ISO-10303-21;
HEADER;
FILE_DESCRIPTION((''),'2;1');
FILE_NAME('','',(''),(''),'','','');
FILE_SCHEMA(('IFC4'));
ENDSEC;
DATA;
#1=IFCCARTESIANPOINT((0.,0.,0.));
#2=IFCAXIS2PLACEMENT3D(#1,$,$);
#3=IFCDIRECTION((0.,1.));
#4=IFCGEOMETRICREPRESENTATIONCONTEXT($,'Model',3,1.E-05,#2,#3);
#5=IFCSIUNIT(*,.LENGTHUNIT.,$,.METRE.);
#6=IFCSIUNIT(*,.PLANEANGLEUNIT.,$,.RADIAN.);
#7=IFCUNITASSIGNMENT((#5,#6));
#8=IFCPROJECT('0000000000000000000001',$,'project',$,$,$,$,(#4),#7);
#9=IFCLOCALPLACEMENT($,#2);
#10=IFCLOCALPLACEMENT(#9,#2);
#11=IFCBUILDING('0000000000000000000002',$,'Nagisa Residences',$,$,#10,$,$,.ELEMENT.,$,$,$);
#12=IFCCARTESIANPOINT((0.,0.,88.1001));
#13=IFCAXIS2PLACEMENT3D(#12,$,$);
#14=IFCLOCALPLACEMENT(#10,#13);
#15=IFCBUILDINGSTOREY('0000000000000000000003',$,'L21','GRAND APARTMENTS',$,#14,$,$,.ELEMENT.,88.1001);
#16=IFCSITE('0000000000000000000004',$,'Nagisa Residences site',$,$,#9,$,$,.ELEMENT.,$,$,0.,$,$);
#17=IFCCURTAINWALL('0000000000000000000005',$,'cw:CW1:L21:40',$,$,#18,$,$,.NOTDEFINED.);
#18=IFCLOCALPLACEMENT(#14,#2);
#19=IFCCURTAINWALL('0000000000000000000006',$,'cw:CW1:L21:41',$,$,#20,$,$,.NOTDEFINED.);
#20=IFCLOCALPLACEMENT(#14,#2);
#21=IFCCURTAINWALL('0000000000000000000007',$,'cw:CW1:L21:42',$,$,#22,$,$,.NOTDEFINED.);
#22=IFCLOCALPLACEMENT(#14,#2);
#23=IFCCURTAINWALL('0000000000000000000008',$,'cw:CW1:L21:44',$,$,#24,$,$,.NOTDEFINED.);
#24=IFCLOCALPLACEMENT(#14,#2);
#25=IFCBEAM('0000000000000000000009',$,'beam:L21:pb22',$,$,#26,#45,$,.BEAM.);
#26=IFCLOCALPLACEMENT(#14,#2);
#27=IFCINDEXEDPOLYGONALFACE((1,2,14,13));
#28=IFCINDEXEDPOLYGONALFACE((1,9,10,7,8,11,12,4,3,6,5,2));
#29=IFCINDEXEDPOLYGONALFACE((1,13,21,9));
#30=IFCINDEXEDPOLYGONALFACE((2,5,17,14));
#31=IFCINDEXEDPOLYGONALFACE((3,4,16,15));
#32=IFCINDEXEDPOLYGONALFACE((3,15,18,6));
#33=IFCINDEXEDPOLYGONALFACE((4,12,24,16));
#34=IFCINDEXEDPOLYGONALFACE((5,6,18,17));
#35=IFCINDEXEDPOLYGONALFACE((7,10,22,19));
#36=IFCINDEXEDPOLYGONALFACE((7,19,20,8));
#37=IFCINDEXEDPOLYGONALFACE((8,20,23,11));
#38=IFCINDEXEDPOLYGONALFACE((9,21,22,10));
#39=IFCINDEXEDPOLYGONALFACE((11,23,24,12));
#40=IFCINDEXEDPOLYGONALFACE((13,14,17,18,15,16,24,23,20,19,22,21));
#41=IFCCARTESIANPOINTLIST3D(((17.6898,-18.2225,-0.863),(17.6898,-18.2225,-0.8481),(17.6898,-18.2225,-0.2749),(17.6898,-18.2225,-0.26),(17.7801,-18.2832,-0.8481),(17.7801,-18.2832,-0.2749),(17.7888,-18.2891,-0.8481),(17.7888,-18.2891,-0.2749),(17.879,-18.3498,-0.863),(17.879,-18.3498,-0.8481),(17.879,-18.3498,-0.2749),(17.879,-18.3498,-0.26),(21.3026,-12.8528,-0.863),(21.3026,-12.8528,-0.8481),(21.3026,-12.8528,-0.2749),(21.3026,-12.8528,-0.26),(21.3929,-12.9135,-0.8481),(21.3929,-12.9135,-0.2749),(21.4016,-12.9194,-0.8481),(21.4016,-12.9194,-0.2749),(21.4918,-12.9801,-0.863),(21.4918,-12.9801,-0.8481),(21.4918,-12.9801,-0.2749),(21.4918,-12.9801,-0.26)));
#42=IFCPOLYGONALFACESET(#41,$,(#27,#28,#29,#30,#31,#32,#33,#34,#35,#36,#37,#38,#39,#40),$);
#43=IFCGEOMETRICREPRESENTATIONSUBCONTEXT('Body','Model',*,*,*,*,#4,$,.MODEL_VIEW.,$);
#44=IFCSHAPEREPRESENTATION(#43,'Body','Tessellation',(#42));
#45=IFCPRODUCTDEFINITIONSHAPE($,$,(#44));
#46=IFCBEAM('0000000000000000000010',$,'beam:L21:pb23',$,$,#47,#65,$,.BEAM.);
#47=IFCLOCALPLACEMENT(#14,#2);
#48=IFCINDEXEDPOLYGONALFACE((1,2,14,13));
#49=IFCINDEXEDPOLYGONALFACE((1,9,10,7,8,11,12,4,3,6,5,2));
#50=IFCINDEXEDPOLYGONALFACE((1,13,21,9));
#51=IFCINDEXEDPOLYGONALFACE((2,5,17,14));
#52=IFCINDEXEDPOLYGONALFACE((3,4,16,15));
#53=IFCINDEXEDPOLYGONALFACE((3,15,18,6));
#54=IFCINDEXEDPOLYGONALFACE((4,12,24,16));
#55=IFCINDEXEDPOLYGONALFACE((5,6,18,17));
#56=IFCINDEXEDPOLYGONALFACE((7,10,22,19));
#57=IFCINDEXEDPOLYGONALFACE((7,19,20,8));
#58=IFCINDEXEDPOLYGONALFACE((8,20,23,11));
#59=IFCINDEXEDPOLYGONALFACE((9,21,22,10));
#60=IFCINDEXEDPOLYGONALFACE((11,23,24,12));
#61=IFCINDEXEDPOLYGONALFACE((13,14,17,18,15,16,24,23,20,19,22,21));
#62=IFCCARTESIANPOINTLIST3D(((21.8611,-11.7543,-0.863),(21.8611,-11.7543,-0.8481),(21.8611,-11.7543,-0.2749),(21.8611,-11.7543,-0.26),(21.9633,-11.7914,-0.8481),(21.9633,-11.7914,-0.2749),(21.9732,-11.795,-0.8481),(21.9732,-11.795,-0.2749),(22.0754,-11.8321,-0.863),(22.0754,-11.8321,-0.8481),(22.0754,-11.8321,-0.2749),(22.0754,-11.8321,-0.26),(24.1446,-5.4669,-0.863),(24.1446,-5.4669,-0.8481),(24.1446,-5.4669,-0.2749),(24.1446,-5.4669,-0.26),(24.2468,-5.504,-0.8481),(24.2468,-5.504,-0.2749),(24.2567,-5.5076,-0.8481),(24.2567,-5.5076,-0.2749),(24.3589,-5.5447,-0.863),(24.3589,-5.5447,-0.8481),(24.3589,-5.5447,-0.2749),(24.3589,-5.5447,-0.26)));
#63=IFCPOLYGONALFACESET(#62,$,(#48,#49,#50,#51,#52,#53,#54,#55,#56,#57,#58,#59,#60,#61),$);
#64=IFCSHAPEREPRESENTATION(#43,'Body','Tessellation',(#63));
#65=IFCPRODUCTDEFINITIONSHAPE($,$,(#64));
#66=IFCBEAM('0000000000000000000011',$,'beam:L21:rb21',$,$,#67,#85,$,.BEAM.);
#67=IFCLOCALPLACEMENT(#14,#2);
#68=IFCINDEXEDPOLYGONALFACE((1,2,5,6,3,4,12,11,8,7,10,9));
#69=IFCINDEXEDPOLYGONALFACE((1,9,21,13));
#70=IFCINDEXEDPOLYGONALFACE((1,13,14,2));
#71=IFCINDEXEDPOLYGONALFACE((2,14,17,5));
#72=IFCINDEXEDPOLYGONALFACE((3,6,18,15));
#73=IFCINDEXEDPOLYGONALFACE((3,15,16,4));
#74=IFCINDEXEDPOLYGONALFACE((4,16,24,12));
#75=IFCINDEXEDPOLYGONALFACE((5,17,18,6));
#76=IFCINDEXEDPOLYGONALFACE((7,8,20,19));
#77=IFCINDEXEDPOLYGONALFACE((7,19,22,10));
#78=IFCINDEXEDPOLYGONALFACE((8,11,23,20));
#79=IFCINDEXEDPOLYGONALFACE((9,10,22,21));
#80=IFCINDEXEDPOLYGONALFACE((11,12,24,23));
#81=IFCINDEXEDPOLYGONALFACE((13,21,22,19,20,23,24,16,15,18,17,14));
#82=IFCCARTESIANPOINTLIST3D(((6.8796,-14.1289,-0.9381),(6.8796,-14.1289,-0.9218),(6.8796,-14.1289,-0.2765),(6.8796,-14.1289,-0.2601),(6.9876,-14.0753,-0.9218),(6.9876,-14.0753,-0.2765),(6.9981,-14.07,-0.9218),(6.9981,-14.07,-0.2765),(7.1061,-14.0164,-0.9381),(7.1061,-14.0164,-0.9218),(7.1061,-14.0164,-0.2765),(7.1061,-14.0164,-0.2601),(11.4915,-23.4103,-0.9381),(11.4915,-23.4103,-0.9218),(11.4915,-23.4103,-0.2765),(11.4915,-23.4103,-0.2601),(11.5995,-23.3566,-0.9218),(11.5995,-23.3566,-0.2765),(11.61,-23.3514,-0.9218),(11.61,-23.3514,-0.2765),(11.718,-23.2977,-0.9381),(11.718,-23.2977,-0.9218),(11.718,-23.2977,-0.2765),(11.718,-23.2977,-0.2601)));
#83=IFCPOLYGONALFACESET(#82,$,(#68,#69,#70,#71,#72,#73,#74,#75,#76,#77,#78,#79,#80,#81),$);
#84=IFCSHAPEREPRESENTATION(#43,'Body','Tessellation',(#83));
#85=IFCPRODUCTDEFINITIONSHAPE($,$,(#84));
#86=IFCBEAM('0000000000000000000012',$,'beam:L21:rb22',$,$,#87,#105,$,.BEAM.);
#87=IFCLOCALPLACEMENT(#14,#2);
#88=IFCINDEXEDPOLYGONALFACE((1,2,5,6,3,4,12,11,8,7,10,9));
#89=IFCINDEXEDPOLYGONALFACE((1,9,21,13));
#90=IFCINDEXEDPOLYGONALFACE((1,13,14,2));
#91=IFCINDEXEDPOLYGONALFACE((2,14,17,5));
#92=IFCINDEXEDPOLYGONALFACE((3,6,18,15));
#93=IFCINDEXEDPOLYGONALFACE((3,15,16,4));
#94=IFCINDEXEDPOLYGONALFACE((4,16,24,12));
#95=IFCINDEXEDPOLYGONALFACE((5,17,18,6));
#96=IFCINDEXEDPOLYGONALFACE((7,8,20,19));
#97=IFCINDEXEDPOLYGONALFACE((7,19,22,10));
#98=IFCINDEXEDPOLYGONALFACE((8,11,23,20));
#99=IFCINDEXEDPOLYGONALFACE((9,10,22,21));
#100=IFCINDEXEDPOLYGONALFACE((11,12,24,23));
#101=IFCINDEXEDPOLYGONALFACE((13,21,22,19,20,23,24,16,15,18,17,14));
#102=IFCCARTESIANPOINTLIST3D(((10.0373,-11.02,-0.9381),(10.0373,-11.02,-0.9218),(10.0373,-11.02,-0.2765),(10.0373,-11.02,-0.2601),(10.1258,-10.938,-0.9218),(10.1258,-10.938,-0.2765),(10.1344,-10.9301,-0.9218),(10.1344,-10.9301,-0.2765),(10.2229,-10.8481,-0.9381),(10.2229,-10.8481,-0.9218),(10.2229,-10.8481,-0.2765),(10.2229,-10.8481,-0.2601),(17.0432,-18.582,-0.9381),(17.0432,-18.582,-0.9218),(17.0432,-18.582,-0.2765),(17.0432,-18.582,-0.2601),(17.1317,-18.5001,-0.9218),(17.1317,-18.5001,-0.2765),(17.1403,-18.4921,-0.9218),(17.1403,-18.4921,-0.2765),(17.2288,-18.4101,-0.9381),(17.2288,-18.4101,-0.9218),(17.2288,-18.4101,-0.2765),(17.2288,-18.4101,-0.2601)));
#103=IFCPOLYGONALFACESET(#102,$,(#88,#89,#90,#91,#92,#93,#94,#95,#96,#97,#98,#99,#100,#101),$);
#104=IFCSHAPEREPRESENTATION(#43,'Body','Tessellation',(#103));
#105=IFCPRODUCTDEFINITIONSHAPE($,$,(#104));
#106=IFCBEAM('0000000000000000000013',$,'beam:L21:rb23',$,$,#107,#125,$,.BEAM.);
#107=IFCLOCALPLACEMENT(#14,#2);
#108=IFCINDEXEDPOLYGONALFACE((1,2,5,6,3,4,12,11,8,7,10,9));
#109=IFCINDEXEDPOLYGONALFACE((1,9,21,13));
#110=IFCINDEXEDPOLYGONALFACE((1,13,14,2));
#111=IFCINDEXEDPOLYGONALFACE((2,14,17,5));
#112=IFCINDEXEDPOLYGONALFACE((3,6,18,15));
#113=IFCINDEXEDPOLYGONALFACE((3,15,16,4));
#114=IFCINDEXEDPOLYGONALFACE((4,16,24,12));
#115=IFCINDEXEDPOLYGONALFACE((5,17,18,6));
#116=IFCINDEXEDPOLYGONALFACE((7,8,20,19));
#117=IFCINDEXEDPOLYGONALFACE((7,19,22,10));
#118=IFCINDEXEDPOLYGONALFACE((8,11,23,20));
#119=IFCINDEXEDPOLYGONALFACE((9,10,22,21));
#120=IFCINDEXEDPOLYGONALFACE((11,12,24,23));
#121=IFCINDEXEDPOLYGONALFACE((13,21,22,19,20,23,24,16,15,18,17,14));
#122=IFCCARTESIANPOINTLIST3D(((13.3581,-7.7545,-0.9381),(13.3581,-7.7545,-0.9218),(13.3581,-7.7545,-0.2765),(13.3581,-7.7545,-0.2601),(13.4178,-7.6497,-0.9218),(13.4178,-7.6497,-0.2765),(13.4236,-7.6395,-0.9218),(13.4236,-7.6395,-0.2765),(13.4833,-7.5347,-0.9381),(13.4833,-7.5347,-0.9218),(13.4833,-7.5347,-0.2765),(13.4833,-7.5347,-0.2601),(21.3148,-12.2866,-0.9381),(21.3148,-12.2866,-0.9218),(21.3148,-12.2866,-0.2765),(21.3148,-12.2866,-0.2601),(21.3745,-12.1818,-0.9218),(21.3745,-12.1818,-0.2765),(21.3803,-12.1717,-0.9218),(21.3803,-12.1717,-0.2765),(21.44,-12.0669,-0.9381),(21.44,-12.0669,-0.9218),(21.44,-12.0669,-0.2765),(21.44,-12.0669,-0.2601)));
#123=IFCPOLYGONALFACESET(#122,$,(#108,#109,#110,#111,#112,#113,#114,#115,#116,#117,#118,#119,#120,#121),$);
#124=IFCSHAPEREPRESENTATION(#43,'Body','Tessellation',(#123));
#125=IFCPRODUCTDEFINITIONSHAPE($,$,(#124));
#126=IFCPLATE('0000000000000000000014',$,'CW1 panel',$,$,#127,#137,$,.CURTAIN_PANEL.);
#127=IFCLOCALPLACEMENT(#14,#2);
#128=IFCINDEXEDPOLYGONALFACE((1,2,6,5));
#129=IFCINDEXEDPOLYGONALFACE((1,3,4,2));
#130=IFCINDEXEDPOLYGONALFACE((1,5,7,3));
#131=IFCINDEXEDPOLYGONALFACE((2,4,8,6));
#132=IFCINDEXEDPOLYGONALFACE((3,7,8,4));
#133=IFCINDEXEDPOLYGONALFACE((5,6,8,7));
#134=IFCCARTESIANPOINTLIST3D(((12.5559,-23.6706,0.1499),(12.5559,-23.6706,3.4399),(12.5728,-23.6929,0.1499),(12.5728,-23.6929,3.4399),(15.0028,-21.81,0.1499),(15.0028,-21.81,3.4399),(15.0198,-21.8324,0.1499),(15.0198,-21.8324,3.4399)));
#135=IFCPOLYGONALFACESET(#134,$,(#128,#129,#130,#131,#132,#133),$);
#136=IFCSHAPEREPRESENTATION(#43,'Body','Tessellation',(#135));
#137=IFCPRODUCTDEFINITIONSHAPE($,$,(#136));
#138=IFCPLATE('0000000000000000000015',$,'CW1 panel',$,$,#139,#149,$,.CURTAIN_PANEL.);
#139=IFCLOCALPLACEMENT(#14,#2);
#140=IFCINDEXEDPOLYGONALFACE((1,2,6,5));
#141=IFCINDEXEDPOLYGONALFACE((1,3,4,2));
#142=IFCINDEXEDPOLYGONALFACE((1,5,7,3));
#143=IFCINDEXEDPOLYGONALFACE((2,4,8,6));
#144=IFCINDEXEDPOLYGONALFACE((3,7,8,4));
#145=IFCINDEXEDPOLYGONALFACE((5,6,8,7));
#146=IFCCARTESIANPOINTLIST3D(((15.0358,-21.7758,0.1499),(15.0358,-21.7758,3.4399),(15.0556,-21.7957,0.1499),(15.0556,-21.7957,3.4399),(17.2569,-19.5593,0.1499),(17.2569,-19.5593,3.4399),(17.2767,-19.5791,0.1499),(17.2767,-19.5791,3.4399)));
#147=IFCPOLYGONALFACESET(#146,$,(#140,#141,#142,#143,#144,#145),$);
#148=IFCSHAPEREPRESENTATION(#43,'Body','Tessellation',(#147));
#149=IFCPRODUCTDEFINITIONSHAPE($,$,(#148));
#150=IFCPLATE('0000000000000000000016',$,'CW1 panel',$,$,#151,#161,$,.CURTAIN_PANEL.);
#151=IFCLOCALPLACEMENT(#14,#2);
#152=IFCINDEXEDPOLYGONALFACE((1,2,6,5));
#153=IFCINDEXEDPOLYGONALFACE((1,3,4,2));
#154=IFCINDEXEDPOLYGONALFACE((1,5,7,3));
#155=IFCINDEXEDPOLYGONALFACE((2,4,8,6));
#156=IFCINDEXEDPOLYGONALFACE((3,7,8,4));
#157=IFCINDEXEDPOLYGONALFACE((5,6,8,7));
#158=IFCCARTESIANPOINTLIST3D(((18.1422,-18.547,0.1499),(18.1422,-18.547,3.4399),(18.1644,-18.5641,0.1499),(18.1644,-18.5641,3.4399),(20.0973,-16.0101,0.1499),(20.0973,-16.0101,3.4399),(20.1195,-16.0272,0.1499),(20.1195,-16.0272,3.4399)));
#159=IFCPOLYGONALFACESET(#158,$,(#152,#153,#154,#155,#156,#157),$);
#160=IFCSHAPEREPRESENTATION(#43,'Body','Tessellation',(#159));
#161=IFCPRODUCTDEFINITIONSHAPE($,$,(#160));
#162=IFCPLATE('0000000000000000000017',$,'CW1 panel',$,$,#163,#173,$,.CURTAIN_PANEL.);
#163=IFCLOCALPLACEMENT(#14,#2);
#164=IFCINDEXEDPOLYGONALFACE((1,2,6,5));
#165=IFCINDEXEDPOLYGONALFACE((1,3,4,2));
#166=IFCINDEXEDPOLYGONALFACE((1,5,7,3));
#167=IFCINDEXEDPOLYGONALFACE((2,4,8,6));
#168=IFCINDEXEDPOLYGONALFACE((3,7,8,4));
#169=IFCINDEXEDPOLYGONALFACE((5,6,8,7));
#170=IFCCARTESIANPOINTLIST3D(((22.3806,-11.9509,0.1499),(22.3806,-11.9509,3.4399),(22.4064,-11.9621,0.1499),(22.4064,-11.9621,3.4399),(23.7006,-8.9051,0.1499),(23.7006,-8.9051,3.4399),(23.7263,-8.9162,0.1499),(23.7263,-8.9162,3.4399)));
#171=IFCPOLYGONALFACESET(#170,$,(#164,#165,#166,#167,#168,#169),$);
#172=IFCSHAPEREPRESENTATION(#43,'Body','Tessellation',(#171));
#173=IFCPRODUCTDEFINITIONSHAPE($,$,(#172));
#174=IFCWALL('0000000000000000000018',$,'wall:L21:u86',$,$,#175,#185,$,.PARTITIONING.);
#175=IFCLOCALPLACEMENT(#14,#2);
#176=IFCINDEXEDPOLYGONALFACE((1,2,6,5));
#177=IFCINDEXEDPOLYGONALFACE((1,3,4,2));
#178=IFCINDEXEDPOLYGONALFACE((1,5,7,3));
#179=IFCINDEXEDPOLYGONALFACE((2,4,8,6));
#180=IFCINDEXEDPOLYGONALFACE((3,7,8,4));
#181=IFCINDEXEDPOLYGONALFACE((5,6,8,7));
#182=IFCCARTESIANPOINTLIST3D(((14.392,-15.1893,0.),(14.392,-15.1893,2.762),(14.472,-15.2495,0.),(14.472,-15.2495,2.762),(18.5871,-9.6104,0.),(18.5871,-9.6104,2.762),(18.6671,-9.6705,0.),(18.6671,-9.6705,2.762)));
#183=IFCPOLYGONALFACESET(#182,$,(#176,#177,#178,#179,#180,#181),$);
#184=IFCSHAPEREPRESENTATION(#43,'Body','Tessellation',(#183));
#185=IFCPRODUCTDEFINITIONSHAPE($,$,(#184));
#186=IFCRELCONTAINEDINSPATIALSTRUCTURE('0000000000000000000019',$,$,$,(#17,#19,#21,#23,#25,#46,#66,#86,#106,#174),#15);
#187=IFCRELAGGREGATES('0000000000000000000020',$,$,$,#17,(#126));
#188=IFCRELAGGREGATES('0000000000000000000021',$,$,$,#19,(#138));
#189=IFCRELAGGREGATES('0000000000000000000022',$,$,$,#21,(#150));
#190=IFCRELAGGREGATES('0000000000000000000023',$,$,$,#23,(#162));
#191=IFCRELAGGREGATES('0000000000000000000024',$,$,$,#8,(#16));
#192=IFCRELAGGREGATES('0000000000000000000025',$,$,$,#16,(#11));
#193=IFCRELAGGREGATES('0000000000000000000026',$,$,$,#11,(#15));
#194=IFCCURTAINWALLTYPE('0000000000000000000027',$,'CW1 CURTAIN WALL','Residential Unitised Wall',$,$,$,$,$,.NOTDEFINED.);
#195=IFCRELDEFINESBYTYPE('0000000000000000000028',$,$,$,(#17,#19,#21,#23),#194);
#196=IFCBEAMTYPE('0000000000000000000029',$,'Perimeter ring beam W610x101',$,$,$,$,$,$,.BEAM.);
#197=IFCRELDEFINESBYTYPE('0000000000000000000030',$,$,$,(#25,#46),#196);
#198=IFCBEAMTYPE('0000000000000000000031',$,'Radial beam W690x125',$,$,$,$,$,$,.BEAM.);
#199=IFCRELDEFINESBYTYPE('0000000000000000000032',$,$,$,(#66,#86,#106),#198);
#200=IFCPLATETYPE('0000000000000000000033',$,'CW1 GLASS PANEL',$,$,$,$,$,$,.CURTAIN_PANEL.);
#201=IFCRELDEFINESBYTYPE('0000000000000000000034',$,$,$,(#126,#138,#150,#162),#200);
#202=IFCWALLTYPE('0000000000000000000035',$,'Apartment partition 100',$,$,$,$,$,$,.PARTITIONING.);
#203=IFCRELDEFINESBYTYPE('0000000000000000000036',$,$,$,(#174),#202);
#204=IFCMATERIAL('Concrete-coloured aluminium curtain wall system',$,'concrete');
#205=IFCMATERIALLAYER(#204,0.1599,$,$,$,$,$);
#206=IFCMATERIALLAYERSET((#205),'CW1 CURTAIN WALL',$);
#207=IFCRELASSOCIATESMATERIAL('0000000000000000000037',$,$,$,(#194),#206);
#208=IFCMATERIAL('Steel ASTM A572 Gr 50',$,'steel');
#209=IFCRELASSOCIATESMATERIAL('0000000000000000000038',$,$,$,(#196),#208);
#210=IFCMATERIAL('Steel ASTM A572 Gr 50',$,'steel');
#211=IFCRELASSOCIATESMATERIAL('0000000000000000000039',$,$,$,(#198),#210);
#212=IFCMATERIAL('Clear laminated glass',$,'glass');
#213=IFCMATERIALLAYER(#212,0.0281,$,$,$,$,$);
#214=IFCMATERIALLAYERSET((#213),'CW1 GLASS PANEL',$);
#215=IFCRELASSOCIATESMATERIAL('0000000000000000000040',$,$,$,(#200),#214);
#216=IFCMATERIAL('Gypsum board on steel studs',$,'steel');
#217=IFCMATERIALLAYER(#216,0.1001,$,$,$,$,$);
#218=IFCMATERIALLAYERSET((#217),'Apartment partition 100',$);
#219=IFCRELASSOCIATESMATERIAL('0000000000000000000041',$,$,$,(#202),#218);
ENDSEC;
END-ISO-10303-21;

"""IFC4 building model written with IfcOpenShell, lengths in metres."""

from ifc_helpers import new_model, si_unit, direction, frame, frame_2d, origin, origin_2d, place, context, subcontext, project, spatial, rectangle, i_section, extrude, material, layer, layer_set, material_profile, profile_set, type_object, element, aggregate, save


model = new_model("IFC4")

# Units and contexts
model_context = context("Model", 3, precision=1e-05, world=origin(), true_north=direction((0.0, 1.0)))
body_context = subcontext(model_context, "Body", "Model", "MODEL_VIEW")
ifc_project = project(units=[si_unit("LENGTHUNIT", "METRE"), si_unit("PLANEANGLEUNIT", "RADIAN")], contexts=[model_context])

# Site, building, storey
site_placement = place(None, origin())
site = spatial("IfcSite", under=ifc_project, at=site_placement, Name="Nagisa Residences site", CompositionType="ELEMENT", RefElevation=0.0)
building_placement = place(site_placement, origin())
building = spatial("IfcBuilding", under=site, at=building_placement, Name="Nagisa Residences", CompositionType="ELEMENT")
storey_placement = place(building_placement, frame((0.0, 0.0, 88.1001)))
storey = spatial("IfcBuildingStorey", under=building, at=storey_placement, Name="L21", Description="GRAND APARTMENTS", CompositionType="ELEMENT", Elevation=88.1001)

# Curtain walls
ifc_material_1 = material(Name="Concrete-coloured aluminium curtain wall system", Category="concrete")
ifc_layer_1 = layer(ifc_material_1, 0.1599)
ifc_layer_set_1 = layer_set([ifc_layer_1], Name="CW1 CURTAIN WALL")
curtain_wall_type = type_object("IfcCurtainWallType", Name="CW1 CURTAIN WALL", Description="Residential Unitised Wall", PredefinedType="NOTDEFINED", material=ifc_layer_set_1)
curtain_wall_1_placement = place(storey_placement, origin())
curtain_wall_1 = element("IfcCurtainWall", 1, at=curtain_wall_1_placement, inside=storey, type_object=curtain_wall_type, Name="cw:CW1:L21:40", PredefinedType="NOTDEFINED")
curtain_wall_2_placement = place(storey_placement, origin())
curtain_wall_2 = element("IfcCurtainWall", 2, at=curtain_wall_2_placement, inside=storey, type_object=curtain_wall_type, Name="cw:CW1:L21:41", PredefinedType="NOTDEFINED")
curtain_wall_3_placement = place(storey_placement, origin())
curtain_wall_3 = element("IfcCurtainWall", 3, at=curtain_wall_3_placement, inside=storey, type_object=curtain_wall_type, Name="cw:CW1:L21:42", PredefinedType="NOTDEFINED")
curtain_wall_4_placement = place(storey_placement, origin())
curtain_wall_4 = element("IfcCurtainWall", 4, at=curtain_wall_4_placement, inside=storey, type_object=curtain_wall_type, Name="cw:CW1:L21:44", PredefinedType="NOTDEFINED")

# Beams
ifc_material_2 = material(Name="Steel ASTM A572 Gr 50", Category="steel")
ifc_material_profile_1 = material_profile(ifc_material_2, i_section(OverallWidth=0.228, OverallDepth=0.603, WebThickness=0.0105, FlangeThickness=0.0149, at=origin_2d()), Name="W610x101")
ifc_profile_set_1 = profile_set([ifc_material_profile_1], Name="Steel ASTM A572 Gr 50")
beam_type_1 = type_object("IfcBeamType", Name="Perimeter ring beam W610x101", PredefinedType="BEAM", material=ifc_profile_set_1)
beam_1_placement = place(storey_placement, frame((17.7844, -18.2861, -0.5615), z_axis=(0.55823, 0.829687, 0.0), x_axis=(-0.829687, 0.55823, 0.0)))
element("IfcBeam", 5, at=beam_1_placement, inside=storey, type_object=beam_type_1, Name="beam:L21:pb22", PredefinedType="BEAM", context=body_context, shape_type="SweptSolid", body=[
    extrude(i_section(OverallWidth=0.228, OverallDepth=0.603, WebThickness=0.0105, FlangeThickness=0.0149, at=origin_2d()), origin(), (0.0, 0.0, 1.0), 6.4719),
])
beam_2_placement = place(storey_placement, frame((21.9683, -11.7932, -0.5615), z_axis=(0.341365, 0.939931, 0.0), x_axis=(-0.939931, 0.341365, 0.0)))
element("IfcBeam", 6, at=beam_2_placement, inside=storey, type_object=beam_type_1, Name="beam:L21:pb23", PredefinedType="BEAM", context=body_context, shape_type="SweptSolid", body=[
    extrude(i_section(OverallWidth=0.228, OverallDepth=0.603, WebThickness=0.0105, FlangeThickness=0.0149, at=origin_2d()), origin(), (0.0, 0.0, 1.0), 6.6892),
])
ifc_material_3 = material(Name="Steel ASTM A572 Gr 50", Category="steel")
ifc_material_profile_2 = material_profile(ifc_material_3, i_section(OverallWidth=0.2529, OverallDepth=0.678, WebThickness=0.0117, FlangeThickness=0.0164, at=origin_2d()), Name="W690x125")
ifc_profile_set_2 = profile_set([ifc_material_profile_2], Name="Steel ASTM A572 Gr 50")
beam_type_2 = type_object("IfcBeamType", Name="Radial beam W690x125", PredefinedType="BEAM", material=ifc_profile_set_2)
beam_3_placement = place(storey_placement, frame((11.6047, -23.354, -0.5991), z_axis=(-0.444988, 0.895536, 0.0), x_axis=(-0.895536, -0.444988, 0.0)))
element("IfcBeam", 7, at=beam_3_placement, inside=storey, type_object=beam_type_2, Name="beam:L21:rb21", PredefinedType="BEAM", context=body_context, shape_type="SweptSolid", body=[
    extrude(i_section(OverallWidth=0.2529, OverallDepth=0.678, WebThickness=0.0117, FlangeThickness=0.0164, at=origin_2d()), origin(), (0.0, 0.0, 1.0), 10.364),
])
beam_4_placement = place(storey_placement, frame((17.136, -18.4961, -0.5991), z_axis=(-0.679617, 0.733567, 0.0), x_axis=(-0.733567, -0.679617, 0.0)))
element("IfcBeam", 8, at=beam_4_placement, inside=storey, type_object=beam_type_2, Name="beam:L21:rb22", PredefinedType="BEAM", context=body_context, shape_type="SweptSolid", body=[
    extrude(i_section(OverallWidth=0.2529, OverallDepth=0.678, WebThickness=0.0117, FlangeThickness=0.0164, at=origin_2d()), origin(), (0.0, 0.0, 1.0), 10.3086),
])
beam_5_placement = place(storey_placement, frame((21.3774, -12.1768, -0.5991), z_axis=(-0.868925, 0.494944, 0.0), x_axis=(-0.494944, -0.868925, 0.0)))
element("IfcBeam", 9, at=beam_5_placement, inside=storey, type_object=beam_type_2, Name="beam:L21:rb23", PredefinedType="BEAM", context=body_context, shape_type="SweptSolid", body=[
    extrude(i_section(OverallWidth=0.2529, OverallDepth=0.678, WebThickness=0.0117, FlangeThickness=0.0164, at=origin_2d()), origin(), (0.0, 0.0, 1.0), 9.157),
])

# Plates
ifc_material_4 = material(Name="Clear laminated glass", Category="glass")
ifc_layer_2 = layer(ifc_material_4, 0.0281)
ifc_layer_set_2 = layer_set([ifc_layer_2], Name="CW1 GLASS PANEL")
plate_type = type_object("IfcPlateType", Name="CW1 GLASS PANEL", PredefinedType="CURTAIN_PANEL", material=ifc_layer_set_2)
plate_1_placement = place(storey_placement, frame((13.7878, -22.7515, 0.1499), z_axis=(0.0, 0.0, 1.0), x_axis=(0.796031, 0.605255, 0.0)))
plate_1 = element("IfcPlate", 10, at=plate_1_placement, type_object=plate_type, Name="CW1 panel", PredefinedType="CURTAIN_PANEL", context=body_context, shape_type="SweptSolid", body=[
    extrude(rectangle(XDim=3.074, YDim=0.0281, at=origin_2d()), origin(), (0.0, 0.0, 1.0), 3.29),
])
aggregate(curtain_wall_1, [plate_1])
plate_2_placement = place(storey_placement, frame((16.1562, -20.6775, 0.1499), z_axis=(0.0, 0.0, 1.0), x_axis=(0.707836, 0.706377, 0.0)))
plate_2 = element("IfcPlate", 11, at=plate_2_placement, type_object=plate_type, Name="CW1 panel", PredefinedType="CURTAIN_PANEL", context=body_context, shape_type="SweptSolid", body=[
    extrude(rectangle(XDim=3.1379, YDim=0.0281, at=origin_2d()), origin(), (0.0, 0.0, 1.0), 3.29),
])
aggregate(curtain_wall_2, [plate_2])
plate_3_placement = place(storey_placement, frame((19.1309, -17.2871, 0.1499), z_axis=(0.0, 0.0, 1.0), x_axis=(0.61043, 0.79207, 0.0)))
plate_3 = element("IfcPlate", 12, at=plate_3_placement, type_object=plate_type, Name="CW1 panel", PredefinedType="CURTAIN_PANEL", context=body_context, shape_type="SweptSolid", body=[
    extrude(rectangle(XDim=3.2029, YDim=0.0281, at=origin_2d()), origin(), (0.0, 0.0, 1.0), 3.29),
])
aggregate(curtain_wall_3, [plate_3])
plate_4_placement = place(storey_placement, frame((23.0535, -10.4336, 0.1499), z_axis=(0.0, 0.0, 1.0), x_axis=(0.397636, 0.917543, 0.0)))
plate_4 = element("IfcPlate", 13, at=plate_4_placement, type_object=plate_type, Name="CW1 panel", PredefinedType="CURTAIN_PANEL", context=body_context, shape_type="SweptSolid", body=[
    extrude(rectangle(XDim=3.3196, YDim=0.0281, at=origin_2d()), origin(), (0.0, 0.0, 1.0), 3.29),
])
aggregate(curtain_wall_4, [plate_4])

# Wall
ifc_material_5 = material(Name="Gypsum board on steel studs", Category="steel")
ifc_layer_3 = layer(ifc_material_5, 0.1001)
ifc_layer_set_3 = layer_set([ifc_layer_3], Name="Apartment partition 100")
wall_type_1 = type_object("IfcWallType", Name="Apartment partition 100", PredefinedType="PARTITIONING", material=ifc_layer_set_3)
wall_1_placement = place(storey_placement, frame((14.4319, -15.2195, 0.0), z_axis=(0.0, 0.0, 1.0), x_axis=(0.601001, 0.799248, 0.0)))
element("IfcWall", 14, at=wall_1_placement, inside=storey, type_object=wall_type_1, Name="wall:L21:u86", PredefinedType="PARTITIONING", context=body_context, shape_type="SweptSolid", body=[
    extrude(rectangle(XDim=6.9802, YDim=0.1001, at=frame_2d((3.4902, 0.0))), origin(), (0.0, 0.0, 1.0), 2.762),
])

save(model, "model.ifc")
